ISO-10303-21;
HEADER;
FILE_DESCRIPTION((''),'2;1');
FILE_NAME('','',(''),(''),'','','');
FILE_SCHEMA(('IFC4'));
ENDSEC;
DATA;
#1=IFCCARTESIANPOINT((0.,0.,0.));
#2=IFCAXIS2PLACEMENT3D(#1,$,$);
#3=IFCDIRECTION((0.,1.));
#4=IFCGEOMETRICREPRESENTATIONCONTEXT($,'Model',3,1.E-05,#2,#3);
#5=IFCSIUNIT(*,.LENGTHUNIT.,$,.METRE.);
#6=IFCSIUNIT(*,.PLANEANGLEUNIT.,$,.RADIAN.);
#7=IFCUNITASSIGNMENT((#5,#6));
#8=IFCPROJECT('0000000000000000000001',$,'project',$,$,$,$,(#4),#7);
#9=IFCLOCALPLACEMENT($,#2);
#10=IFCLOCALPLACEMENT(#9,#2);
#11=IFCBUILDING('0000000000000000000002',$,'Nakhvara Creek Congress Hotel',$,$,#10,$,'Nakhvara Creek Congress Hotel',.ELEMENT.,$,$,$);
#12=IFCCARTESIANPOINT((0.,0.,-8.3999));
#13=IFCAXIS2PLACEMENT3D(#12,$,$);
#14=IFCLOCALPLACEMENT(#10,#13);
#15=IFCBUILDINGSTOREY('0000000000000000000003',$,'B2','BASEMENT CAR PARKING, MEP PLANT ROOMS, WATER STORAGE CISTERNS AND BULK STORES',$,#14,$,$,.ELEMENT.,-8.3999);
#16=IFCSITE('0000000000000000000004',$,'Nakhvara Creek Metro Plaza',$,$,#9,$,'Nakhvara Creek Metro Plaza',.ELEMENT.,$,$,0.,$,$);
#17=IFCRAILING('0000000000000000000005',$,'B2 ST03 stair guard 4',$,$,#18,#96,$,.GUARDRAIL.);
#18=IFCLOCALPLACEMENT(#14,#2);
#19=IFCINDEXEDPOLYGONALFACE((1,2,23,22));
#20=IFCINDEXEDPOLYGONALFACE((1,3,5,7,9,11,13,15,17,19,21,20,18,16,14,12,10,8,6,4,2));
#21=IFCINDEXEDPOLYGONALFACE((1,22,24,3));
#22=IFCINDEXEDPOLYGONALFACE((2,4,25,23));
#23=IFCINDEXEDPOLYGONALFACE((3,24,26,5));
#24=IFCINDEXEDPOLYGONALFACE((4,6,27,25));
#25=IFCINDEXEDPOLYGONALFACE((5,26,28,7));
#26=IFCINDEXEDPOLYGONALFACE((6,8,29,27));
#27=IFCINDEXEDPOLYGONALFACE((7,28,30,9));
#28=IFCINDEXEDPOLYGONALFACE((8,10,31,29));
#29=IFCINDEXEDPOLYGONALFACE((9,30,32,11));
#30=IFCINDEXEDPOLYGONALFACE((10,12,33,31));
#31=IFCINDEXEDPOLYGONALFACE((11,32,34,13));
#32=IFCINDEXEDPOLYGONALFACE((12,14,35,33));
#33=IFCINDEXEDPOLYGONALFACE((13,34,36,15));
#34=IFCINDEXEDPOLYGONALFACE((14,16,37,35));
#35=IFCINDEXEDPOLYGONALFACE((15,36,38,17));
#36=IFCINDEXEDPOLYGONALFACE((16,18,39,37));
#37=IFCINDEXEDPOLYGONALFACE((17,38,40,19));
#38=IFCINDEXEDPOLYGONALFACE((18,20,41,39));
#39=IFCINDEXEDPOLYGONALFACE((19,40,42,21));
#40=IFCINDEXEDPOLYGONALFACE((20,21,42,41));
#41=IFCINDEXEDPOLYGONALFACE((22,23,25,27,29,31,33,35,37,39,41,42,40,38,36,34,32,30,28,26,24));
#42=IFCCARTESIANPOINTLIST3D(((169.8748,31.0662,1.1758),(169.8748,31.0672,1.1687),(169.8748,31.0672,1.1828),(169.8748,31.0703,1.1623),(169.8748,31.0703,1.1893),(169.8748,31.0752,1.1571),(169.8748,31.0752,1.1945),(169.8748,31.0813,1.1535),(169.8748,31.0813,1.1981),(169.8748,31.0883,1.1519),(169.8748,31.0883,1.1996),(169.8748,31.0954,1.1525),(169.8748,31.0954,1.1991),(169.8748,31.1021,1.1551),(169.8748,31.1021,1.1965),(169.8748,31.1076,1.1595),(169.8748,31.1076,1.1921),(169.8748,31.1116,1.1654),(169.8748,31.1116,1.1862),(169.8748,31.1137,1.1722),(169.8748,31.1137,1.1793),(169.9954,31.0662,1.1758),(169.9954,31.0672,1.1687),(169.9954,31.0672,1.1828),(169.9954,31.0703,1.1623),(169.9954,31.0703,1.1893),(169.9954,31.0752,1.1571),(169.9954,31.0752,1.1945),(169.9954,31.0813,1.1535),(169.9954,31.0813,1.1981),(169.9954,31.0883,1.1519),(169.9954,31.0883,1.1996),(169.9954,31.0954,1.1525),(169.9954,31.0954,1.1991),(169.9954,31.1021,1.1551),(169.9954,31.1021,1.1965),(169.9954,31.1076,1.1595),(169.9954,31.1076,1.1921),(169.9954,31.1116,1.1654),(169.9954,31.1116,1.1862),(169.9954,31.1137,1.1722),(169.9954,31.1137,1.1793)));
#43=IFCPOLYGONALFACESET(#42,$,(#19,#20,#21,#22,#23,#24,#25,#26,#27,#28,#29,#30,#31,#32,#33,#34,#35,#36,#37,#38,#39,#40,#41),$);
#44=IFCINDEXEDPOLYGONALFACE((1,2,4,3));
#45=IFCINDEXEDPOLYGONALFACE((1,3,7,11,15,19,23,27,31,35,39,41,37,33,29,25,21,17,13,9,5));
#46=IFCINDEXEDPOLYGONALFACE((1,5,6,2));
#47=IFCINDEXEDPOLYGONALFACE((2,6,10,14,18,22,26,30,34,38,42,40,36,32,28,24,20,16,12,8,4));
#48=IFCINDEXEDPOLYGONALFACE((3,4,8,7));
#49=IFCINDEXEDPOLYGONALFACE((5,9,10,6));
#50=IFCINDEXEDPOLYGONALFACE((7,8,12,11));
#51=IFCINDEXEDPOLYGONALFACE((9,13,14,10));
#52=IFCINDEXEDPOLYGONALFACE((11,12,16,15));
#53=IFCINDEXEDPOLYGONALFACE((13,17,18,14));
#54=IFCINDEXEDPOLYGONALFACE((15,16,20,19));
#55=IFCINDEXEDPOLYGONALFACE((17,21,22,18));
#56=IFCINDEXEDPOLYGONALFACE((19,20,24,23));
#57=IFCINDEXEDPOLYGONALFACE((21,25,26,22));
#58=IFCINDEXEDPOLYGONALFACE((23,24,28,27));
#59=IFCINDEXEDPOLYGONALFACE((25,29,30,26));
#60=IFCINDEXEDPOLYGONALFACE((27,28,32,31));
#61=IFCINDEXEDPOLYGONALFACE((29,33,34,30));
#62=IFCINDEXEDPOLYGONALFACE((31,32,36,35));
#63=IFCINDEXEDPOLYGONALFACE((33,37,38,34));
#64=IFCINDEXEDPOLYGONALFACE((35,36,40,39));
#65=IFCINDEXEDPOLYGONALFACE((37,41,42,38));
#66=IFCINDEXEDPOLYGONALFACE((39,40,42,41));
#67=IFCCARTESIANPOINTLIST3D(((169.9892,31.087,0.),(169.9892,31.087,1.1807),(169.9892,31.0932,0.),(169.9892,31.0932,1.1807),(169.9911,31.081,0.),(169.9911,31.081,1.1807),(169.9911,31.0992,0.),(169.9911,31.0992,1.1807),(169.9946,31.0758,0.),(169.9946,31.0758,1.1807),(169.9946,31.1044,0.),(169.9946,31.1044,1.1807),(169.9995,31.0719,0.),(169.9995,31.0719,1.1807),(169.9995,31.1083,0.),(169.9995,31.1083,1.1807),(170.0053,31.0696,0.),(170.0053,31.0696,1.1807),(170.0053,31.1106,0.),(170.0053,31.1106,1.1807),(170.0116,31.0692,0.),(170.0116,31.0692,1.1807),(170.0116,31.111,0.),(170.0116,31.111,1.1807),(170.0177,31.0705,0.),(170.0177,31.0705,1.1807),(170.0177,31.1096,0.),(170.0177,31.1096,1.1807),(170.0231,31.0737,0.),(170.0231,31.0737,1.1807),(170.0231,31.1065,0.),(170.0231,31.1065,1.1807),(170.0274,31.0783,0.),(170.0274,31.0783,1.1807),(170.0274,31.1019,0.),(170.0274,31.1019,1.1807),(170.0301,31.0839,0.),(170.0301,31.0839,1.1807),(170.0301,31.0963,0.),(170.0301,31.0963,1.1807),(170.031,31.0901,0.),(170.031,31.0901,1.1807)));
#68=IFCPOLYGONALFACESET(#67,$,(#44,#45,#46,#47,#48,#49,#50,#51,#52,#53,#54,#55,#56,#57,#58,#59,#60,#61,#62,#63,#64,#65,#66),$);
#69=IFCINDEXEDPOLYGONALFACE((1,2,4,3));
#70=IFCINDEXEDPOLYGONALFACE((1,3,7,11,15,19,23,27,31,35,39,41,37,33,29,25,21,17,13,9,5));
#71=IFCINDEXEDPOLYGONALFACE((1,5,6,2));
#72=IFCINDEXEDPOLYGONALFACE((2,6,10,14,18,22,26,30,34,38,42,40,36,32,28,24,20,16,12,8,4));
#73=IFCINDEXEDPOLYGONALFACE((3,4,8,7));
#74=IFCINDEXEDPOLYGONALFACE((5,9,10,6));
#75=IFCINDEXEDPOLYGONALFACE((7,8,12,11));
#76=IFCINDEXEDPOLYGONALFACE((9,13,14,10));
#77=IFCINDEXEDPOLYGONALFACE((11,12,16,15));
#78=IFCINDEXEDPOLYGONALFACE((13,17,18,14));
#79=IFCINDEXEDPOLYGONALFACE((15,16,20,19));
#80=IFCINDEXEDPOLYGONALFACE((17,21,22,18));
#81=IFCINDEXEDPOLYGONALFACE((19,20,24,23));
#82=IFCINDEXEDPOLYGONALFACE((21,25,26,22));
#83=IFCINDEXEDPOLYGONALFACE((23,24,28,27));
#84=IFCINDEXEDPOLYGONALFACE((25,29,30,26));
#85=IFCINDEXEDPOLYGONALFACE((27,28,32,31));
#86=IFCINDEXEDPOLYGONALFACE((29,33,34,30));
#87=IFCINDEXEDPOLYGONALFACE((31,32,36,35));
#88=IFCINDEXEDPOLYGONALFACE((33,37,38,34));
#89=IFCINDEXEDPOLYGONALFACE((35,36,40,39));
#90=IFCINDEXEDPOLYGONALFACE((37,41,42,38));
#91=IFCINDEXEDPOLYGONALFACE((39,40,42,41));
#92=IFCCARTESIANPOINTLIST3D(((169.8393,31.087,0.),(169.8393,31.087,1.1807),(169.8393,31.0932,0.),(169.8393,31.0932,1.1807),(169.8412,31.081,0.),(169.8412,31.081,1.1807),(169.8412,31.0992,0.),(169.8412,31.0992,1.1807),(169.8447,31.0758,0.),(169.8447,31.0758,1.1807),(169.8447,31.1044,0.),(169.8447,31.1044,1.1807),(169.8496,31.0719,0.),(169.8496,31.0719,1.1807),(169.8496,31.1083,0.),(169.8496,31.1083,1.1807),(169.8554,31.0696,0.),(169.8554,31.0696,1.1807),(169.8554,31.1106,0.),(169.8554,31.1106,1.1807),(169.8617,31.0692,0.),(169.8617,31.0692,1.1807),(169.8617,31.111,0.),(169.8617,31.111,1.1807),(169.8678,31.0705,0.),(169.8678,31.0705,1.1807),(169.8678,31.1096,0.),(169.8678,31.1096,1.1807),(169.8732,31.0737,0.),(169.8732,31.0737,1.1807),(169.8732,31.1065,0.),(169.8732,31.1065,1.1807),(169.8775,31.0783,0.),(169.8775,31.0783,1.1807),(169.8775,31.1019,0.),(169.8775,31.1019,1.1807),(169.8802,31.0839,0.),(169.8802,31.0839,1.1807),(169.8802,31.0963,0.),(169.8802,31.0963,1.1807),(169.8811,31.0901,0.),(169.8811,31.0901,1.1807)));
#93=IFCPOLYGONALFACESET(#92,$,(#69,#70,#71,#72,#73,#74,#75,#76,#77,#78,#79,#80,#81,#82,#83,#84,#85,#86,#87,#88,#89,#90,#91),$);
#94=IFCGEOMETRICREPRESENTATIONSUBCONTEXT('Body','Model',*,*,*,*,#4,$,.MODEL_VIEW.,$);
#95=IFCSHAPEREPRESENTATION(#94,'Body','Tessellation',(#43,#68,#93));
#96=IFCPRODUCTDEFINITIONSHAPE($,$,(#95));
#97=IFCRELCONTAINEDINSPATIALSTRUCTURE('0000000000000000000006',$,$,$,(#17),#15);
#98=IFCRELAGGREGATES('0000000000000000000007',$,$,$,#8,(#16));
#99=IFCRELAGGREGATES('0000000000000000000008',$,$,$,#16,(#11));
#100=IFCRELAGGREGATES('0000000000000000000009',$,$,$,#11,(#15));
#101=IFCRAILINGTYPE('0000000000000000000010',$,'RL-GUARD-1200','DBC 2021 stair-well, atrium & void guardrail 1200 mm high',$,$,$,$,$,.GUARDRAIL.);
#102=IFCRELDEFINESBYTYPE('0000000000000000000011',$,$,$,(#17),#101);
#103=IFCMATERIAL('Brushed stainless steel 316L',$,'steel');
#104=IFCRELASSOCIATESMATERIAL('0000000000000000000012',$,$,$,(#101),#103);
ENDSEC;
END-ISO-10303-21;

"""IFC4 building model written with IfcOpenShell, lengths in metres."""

from ifc_helpers import new_model, si_unit, direction, frame, origin, origin_2d, place, context, subcontext, project, spatial, circle, extrude, material, type_object, element, save


model = new_model("IFC4")

# Units and contexts
model_context = context("Model", 3, precision=1e-05, world=origin(), true_north=direction((0.0, 1.0)))
body_context = subcontext(model_context, "Body", "Model", "MODEL_VIEW")
ifc_project = project(units=[si_unit("LENGTHUNIT", "METRE"), si_unit("PLANEANGLEUNIT", "RADIAN")], contexts=[model_context])

# Site, building, storey
site_placement = place(None, origin())
site = spatial("IfcSite", under=ifc_project, at=site_placement, Name="Nakhvara Creek Metro Plaza", LongName="Nakhvara Creek Metro Plaza", CompositionType="ELEMENT", RefElevation=0.0)
building_placement = place(site_placement, origin())
building = spatial("IfcBuilding", under=site, at=building_placement, Name="Nakhvara Creek Congress Hotel", LongName="Nakhvara Creek Congress Hotel", CompositionType="ELEMENT")
storey_placement = place(building_placement, frame((0.0, 0.0, -8.3999)))
storey = spatial("IfcBuildingStorey", under=building, at=storey_placement, Name="B2", Description="BASEMENT CAR PARKING, MEP PLANT ROOMS, WATER STORAGE CISTERNS AND BULK STORES", CompositionType="ELEMENT", Elevation=-8.3999)

# Railing
ifc_material_1 = material(Name="Brushed stainless steel 316L", Category="steel")
railing_type_1 = type_object("IfcRailingType", Name="RL-GUARD-1200", Description="DBC 2021 stair-well, atrium & void guardrail 1200 mm high", PredefinedType="GUARDRAIL", material=ifc_material_1)
railing_1_placement = place(storey_placement, frame((170.01, 31.0901, 0.0)))
element("IfcRailing", 1, at=railing_1_placement, inside=storey, type_object=railing_type_1, Name="B2 ST03 stair guard 4", PredefinedType="GUARDRAIL", context=body_context, shape_type="SweptSolid", body=[
    extrude(circle(Radius=0.0239, at=origin_2d()), frame((-0.0146, 0.0, 1.1758), z_axis=(-1.0, 0.0, 0.0), x_axis=(0.0, -1.0, 0.0)), (0.0, 0.0, 1.0), 0.1206),
    extrude(circle(Radius=0.021, at=origin_2d()), origin(), (0.0, 0.0, 1.0), 1.1807),
    extrude(circle(Radius=0.021, at=origin_2d()), frame((-0.1499, 0.0, 0.0)), (0.0, 0.0, 1.0), 1.1807),
])

save(model, "model.ifc")
